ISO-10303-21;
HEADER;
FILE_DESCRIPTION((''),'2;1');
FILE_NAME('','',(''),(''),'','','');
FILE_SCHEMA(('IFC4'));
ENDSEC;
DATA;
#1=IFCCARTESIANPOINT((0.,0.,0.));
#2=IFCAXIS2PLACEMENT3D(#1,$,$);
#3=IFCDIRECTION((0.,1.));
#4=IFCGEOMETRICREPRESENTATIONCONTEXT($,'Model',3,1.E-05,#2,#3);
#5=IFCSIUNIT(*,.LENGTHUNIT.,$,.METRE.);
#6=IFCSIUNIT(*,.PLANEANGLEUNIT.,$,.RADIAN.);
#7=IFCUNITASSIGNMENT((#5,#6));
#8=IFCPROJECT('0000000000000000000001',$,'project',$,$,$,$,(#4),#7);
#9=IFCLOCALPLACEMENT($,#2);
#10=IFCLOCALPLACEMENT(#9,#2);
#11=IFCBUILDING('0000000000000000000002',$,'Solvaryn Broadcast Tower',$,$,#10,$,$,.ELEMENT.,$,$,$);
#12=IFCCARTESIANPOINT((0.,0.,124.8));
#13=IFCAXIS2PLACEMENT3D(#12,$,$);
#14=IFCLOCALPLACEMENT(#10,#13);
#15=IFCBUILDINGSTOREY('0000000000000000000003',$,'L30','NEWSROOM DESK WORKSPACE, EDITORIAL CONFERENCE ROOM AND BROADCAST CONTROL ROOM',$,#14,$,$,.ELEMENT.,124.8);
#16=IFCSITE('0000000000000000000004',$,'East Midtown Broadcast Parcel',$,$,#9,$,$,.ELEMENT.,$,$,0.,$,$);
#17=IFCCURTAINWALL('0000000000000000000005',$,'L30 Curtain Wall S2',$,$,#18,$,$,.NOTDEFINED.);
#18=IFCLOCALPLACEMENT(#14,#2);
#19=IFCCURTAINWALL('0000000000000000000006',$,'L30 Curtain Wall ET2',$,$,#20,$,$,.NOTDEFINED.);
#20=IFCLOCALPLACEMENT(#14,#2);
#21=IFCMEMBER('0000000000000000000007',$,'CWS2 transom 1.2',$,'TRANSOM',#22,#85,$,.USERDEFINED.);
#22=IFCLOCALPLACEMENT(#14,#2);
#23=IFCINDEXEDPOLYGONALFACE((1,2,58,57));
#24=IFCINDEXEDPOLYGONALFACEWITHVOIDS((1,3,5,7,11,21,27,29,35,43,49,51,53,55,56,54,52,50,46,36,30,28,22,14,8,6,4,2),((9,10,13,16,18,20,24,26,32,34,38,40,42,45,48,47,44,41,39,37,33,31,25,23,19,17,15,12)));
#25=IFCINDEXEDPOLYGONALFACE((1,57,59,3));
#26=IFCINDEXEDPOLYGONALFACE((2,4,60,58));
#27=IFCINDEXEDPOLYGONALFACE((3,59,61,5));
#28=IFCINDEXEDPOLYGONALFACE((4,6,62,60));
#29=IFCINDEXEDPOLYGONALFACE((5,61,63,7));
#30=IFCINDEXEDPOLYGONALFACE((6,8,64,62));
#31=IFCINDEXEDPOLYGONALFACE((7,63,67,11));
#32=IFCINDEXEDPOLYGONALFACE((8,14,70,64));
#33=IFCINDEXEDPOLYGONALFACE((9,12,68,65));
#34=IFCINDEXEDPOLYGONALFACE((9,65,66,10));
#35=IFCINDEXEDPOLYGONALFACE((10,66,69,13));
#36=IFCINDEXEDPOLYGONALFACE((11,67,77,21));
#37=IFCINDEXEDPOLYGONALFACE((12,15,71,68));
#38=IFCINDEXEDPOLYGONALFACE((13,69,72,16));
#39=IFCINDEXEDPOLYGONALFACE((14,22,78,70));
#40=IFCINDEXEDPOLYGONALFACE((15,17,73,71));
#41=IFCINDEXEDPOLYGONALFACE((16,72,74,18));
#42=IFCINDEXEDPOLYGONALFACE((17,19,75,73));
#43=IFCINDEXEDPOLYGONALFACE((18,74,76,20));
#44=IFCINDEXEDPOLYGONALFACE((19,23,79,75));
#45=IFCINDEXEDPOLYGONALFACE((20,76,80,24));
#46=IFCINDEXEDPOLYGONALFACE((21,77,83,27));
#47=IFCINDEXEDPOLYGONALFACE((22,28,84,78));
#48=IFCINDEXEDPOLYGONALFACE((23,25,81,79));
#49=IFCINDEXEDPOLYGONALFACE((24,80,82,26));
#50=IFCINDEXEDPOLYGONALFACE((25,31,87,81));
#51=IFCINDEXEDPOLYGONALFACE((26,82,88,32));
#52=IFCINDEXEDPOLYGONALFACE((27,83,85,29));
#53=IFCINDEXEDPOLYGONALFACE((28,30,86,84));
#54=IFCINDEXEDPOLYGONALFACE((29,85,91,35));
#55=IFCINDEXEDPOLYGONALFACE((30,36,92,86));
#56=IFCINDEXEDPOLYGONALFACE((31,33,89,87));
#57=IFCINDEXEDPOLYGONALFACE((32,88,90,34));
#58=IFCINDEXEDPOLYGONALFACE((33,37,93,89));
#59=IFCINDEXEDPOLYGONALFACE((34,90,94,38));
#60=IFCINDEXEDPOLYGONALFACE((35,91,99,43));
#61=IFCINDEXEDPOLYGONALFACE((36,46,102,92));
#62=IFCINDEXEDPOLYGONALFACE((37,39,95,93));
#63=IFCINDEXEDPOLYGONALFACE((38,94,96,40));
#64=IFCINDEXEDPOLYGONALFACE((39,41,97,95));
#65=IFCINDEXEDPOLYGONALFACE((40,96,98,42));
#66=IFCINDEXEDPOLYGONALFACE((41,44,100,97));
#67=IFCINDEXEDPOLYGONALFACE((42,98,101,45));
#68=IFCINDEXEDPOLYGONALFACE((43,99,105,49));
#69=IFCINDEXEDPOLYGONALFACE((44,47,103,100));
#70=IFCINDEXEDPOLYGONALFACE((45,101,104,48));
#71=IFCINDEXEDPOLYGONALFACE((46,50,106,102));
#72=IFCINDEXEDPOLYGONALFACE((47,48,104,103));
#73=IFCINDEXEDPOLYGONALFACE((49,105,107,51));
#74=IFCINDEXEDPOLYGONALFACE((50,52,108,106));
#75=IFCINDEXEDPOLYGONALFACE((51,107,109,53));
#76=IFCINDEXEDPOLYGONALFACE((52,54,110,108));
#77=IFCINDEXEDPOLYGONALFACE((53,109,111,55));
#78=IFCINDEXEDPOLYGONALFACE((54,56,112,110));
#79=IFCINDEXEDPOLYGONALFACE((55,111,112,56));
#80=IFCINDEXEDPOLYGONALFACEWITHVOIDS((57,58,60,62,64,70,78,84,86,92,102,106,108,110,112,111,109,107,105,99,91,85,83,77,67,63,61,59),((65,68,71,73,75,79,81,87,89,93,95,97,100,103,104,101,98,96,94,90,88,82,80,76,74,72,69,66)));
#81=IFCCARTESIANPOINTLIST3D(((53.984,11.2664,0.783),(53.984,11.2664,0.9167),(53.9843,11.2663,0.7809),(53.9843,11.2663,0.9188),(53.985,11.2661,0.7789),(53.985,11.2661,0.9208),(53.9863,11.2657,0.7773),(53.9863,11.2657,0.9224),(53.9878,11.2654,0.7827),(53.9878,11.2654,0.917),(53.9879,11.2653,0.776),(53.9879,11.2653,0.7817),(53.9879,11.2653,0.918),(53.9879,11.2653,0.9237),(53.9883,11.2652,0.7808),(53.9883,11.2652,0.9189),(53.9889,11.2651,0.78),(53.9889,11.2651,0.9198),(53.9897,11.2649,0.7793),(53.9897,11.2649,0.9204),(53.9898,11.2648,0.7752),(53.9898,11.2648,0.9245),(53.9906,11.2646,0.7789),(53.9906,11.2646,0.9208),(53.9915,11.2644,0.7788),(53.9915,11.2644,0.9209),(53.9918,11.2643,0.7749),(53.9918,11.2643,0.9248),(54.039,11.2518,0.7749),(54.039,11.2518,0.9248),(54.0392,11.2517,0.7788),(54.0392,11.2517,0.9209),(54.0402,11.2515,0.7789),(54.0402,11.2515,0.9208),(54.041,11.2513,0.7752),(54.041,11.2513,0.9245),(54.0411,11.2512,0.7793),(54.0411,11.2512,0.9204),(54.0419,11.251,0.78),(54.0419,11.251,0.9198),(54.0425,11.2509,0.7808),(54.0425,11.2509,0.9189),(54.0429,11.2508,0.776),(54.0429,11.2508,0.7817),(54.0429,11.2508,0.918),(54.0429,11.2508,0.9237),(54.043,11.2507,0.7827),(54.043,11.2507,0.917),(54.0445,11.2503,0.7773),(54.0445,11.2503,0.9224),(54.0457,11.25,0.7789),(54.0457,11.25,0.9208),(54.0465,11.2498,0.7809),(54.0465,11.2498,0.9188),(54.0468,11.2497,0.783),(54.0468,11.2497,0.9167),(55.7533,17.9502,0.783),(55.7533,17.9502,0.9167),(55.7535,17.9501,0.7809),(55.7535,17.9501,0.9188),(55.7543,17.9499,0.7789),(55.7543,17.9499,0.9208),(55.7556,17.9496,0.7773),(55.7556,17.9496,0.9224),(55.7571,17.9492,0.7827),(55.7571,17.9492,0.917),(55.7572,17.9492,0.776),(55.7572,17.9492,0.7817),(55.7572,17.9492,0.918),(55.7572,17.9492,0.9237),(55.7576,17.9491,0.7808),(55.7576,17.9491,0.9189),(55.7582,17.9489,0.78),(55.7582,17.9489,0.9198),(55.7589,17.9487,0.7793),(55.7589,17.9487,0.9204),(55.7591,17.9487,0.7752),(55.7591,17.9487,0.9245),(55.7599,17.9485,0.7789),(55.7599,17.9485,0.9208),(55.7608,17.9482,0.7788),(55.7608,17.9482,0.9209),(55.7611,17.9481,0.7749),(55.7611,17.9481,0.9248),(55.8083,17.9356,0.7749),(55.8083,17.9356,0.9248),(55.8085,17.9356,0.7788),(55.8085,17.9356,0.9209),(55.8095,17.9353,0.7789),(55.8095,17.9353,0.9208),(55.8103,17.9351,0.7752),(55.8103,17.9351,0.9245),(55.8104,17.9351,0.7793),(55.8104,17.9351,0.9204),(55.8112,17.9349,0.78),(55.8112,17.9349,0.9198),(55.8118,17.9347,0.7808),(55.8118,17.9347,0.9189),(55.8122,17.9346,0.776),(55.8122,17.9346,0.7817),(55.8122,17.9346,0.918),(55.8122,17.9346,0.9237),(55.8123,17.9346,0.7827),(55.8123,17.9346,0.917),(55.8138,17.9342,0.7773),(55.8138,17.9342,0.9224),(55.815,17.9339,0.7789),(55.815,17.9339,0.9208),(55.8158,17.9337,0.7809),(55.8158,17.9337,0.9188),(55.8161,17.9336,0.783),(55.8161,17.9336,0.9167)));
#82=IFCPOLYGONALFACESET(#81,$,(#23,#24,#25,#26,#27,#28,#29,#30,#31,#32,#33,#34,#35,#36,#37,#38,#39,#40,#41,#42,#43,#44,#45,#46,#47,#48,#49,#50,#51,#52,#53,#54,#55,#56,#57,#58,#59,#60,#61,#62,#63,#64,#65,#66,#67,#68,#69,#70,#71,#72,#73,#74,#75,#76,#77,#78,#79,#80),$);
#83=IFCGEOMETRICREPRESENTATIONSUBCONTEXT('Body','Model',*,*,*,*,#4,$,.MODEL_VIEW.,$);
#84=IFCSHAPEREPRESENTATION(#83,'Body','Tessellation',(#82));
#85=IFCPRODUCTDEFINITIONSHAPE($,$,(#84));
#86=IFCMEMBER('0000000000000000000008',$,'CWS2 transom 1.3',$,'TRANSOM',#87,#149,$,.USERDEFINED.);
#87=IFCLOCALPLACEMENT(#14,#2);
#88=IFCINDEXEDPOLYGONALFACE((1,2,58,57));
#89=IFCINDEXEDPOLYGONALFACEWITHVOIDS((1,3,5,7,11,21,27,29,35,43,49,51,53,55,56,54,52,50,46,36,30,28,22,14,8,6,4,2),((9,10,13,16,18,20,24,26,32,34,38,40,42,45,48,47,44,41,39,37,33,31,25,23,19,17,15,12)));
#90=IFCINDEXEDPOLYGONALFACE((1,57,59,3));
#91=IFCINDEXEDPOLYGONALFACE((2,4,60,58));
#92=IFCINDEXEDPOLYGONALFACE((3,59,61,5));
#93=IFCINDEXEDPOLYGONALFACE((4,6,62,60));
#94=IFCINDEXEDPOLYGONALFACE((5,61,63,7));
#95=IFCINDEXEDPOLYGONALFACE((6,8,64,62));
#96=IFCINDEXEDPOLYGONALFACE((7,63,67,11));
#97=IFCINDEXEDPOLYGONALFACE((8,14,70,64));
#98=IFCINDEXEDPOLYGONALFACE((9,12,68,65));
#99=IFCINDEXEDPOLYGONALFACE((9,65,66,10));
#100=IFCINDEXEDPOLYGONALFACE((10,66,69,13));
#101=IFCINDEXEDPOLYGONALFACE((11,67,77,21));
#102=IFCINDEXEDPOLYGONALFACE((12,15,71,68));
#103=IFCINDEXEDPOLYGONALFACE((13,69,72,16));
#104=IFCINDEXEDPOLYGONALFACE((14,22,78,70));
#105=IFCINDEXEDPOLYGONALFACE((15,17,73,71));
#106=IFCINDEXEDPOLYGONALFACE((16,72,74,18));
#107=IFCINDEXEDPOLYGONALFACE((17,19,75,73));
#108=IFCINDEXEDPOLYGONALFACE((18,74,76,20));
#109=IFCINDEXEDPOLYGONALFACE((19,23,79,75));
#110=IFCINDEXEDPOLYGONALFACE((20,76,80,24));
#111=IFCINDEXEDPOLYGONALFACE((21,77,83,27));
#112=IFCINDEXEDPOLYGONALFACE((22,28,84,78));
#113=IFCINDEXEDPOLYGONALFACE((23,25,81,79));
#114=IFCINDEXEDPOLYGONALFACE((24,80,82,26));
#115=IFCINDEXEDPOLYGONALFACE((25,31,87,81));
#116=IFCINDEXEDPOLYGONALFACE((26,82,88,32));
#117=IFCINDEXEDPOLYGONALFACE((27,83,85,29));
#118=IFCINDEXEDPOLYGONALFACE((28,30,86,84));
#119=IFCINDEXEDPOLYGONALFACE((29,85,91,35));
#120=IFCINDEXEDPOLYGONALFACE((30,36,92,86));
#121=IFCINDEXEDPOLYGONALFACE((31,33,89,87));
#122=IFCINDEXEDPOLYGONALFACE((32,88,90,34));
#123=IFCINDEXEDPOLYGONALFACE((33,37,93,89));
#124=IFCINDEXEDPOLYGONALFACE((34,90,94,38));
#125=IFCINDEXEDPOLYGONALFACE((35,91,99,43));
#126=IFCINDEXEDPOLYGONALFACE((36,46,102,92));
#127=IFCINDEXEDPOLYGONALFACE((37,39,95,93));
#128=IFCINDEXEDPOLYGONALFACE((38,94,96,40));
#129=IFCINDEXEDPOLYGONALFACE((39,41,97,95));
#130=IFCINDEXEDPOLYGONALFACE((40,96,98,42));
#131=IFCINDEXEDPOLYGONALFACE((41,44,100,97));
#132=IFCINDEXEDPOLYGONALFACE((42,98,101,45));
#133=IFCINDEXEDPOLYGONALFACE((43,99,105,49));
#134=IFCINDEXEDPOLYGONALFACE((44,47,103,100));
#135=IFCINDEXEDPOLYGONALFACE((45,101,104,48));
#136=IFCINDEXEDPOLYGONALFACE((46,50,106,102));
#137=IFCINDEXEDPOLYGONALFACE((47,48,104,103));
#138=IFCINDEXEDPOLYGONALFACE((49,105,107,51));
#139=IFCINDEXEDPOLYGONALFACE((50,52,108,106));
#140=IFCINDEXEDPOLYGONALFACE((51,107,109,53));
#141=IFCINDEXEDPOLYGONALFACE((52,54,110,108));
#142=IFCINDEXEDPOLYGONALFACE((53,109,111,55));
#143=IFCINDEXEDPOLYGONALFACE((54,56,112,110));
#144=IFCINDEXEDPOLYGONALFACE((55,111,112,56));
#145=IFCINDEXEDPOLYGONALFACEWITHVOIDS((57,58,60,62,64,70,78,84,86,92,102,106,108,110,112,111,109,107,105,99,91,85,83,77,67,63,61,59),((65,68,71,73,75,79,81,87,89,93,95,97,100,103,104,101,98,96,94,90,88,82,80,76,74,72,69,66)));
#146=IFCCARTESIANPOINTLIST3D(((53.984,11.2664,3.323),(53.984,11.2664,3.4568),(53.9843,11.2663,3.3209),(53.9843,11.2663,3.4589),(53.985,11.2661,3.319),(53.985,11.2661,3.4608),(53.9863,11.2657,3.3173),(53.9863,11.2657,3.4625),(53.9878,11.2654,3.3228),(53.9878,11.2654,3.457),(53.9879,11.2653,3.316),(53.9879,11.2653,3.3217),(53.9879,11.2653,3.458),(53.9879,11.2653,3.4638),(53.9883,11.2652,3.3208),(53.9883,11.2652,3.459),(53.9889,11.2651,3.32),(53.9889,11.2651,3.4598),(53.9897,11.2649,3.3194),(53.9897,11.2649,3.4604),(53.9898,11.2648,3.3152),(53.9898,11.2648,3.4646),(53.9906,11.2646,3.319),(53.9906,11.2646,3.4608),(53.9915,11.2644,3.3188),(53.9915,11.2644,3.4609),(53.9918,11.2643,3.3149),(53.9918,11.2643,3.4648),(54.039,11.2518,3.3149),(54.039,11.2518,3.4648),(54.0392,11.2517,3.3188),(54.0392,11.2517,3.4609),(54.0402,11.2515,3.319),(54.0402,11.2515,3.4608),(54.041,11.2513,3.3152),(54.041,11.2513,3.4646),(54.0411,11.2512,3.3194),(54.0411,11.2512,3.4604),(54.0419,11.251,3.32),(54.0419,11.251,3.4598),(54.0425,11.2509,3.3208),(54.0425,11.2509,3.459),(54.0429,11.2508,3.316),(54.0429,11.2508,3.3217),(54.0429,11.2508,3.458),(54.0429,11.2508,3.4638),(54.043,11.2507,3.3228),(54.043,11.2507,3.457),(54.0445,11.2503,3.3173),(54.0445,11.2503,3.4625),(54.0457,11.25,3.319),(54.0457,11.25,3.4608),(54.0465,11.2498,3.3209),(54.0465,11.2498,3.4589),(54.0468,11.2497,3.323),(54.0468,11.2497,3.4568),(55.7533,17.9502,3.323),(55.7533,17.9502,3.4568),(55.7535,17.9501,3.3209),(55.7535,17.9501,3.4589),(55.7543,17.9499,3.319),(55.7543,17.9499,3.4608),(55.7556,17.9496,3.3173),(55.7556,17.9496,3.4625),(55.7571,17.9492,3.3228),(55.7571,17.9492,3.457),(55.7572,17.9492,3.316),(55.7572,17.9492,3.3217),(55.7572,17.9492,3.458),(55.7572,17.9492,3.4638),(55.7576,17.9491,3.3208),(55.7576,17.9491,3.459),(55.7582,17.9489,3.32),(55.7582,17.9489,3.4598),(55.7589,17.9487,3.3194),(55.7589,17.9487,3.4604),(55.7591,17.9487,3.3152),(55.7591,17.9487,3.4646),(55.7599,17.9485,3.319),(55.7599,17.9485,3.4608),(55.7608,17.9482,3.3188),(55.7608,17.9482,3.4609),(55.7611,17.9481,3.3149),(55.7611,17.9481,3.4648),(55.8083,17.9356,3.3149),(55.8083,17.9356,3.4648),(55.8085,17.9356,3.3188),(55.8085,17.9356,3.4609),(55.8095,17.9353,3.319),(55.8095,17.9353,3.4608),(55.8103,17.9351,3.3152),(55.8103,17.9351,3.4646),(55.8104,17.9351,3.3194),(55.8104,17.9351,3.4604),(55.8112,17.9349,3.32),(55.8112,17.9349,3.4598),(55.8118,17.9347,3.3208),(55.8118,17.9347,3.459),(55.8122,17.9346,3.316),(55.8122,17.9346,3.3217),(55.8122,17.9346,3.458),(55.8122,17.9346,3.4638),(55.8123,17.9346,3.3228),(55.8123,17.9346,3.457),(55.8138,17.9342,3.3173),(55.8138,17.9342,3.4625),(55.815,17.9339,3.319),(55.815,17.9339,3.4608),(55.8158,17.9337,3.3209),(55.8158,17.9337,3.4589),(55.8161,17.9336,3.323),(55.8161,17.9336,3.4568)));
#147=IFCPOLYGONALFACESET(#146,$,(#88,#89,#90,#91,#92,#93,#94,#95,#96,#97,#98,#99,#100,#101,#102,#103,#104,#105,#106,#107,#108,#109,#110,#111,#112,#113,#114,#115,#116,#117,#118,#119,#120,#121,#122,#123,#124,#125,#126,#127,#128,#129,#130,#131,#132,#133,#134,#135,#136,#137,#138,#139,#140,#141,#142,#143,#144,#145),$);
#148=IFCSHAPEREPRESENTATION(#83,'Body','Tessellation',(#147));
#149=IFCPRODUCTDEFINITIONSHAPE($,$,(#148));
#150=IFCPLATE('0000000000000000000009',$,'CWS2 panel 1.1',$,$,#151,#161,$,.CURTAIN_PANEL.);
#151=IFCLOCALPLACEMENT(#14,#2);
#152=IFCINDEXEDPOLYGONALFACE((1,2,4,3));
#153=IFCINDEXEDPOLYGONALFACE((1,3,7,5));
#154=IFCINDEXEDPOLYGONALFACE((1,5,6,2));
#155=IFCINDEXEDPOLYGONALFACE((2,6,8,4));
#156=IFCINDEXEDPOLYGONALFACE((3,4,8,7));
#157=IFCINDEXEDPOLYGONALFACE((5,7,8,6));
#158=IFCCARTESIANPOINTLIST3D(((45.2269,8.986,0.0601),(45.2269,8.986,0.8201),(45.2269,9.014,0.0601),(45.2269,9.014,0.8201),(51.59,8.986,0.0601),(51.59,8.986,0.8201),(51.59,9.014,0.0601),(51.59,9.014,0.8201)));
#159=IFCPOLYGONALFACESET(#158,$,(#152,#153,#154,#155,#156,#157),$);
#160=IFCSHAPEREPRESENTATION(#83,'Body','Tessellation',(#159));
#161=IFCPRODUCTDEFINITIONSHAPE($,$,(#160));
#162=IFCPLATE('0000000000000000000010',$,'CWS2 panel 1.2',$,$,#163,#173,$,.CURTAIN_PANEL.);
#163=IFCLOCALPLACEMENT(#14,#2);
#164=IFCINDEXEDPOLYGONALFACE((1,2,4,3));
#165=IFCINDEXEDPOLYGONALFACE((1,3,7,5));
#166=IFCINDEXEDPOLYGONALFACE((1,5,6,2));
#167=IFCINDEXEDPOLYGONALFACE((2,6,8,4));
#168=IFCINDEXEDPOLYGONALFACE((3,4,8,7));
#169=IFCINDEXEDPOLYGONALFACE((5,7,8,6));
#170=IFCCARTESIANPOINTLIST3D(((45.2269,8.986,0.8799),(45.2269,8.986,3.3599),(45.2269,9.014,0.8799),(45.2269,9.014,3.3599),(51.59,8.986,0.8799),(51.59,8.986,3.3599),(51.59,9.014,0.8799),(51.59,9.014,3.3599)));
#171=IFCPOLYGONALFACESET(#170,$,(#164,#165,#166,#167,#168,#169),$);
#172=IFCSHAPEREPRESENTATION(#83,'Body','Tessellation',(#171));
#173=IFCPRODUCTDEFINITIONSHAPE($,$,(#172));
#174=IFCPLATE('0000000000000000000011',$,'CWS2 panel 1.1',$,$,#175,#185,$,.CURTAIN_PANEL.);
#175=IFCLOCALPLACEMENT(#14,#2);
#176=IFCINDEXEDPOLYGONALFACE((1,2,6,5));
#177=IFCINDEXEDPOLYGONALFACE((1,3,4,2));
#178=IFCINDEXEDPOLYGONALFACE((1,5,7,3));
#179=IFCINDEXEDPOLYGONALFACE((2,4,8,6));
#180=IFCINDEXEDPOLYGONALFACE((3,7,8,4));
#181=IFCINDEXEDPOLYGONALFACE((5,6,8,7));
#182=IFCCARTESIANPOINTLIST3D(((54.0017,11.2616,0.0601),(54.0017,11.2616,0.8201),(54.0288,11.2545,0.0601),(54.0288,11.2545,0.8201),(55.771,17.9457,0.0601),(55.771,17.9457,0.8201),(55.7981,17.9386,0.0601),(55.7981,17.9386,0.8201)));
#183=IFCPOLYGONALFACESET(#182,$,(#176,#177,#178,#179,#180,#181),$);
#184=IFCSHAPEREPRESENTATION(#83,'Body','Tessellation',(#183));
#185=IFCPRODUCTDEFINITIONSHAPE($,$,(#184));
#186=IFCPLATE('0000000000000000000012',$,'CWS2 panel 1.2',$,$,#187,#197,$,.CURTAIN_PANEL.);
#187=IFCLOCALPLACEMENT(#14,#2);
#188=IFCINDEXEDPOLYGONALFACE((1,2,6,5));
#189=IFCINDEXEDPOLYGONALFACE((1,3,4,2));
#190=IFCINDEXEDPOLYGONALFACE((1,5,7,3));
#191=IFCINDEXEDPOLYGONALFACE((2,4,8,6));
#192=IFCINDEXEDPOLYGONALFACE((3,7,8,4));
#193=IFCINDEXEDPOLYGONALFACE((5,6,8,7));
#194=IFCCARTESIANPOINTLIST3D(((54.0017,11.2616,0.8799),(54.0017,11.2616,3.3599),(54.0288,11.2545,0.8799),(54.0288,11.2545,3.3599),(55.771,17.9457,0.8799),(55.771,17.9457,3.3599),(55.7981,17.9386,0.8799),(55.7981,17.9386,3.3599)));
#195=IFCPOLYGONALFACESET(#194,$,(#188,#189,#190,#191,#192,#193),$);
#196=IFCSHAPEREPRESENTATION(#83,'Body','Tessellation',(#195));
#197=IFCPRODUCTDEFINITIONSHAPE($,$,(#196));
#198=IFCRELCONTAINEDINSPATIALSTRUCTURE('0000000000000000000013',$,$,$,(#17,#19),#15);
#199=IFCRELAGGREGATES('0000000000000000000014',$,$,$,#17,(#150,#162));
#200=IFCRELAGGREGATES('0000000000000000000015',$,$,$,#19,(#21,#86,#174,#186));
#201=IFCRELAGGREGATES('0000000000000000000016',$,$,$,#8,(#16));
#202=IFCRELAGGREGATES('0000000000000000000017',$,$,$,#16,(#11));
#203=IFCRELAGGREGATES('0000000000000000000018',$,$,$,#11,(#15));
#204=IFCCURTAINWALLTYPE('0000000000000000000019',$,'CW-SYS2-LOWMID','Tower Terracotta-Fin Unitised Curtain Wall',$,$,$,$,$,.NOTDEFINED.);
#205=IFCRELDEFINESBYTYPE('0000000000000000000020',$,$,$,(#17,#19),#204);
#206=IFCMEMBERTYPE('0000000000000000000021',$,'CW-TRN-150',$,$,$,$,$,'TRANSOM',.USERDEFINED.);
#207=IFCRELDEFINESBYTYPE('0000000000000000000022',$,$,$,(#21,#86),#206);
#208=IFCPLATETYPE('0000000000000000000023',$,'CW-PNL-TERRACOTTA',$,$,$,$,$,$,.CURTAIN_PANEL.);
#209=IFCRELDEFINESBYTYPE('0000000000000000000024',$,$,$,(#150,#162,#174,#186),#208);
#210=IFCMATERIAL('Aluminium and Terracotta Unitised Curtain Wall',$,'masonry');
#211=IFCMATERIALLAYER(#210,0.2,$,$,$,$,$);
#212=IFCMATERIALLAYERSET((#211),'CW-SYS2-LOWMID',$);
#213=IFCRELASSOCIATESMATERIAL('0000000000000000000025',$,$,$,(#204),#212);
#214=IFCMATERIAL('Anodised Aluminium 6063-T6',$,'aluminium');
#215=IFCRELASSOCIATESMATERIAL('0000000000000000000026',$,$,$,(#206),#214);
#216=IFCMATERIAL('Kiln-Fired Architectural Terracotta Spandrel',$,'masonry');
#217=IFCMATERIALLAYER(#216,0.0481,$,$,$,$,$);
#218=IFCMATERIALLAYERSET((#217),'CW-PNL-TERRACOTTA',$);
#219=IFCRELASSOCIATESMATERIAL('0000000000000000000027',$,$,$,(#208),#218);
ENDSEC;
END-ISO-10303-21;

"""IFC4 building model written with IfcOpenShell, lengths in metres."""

from ifc_helpers import new_model, si_unit, direction, frame, origin, origin_2d, place, context, subcontext, project, spatial, rectangle, hollow_rectangle, extrude, material, layer, layer_set, material_profile, profile_set, type_object, element, aggregate, save


model = new_model("IFC4")

# Units and contexts
model_context = context("Model", 3, precision=1e-05, world=origin(), true_north=direction((0.0, 1.0)))
body_context = subcontext(model_context, "Body", "Model", "MODEL_VIEW")
ifc_project = project(units=[si_unit("LENGTHUNIT", "METRE"), si_unit("PLANEANGLEUNIT", "RADIAN")], contexts=[model_context])

# Site, building, storey
site_placement = place(None, origin())
site = spatial("IfcSite", under=ifc_project, at=site_placement, Name="East Midtown Broadcast Parcel", CompositionType="ELEMENT", RefElevation=0.0)
building_placement = place(site_placement, origin())
building = spatial("IfcBuilding", under=site, at=building_placement, Name="Solvaryn Broadcast Tower", CompositionType="ELEMENT")
storey_placement = place(building_placement, frame((0.0, 0.0, 124.8)))
storey = spatial("IfcBuildingStorey", under=building, at=storey_placement, Name="L30", Description="NEWSROOM DESK WORKSPACE, EDITORIAL CONFERENCE ROOM AND BROADCAST CONTROL ROOM", CompositionType="ELEMENT", Elevation=124.8)

# Curtain wall
ifc_material_1 = material(Name="Aluminium and Terracotta Unitised Curtain Wall", Category="masonry")
ifc_layer_1 = layer(ifc_material_1, 0.2)
ifc_layer_set_1 = layer_set([ifc_layer_1], Name="CW-SYS2-LOWMID")
curtain_wall_type = type_object("IfcCurtainWallType", Name="CW-SYS2-LOWMID", Description="Tower Terracotta-Fin Unitised Curtain Wall", PredefinedType="NOTDEFINED", material=ifc_layer_set_1)
curtain_wall_1_placement = place(storey_placement, origin())
curtain_wall_1 = element("IfcCurtainWall", 1, at=curtain_wall_1_placement, inside=storey, type_object=curtain_wall_type, Name="L30 Curtain Wall S2", PredefinedType="NOTDEFINED")

# Curtain wall
curtain_wall_2_placement = place(storey_placement, origin())
curtain_wall_2 = element("IfcCurtainWall", 2, at=curtain_wall_2_placement, inside=storey, type_object=curtain_wall_type, Name="L30 Curtain Wall ET2", PredefinedType="NOTDEFINED")

# Members
ifc_material_2 = material(Name="Anodised Aluminium 6063-T6", Category="aluminium")
ifc_material_profile_1 = material_profile(ifc_material_2, hollow_rectangle(XDim=0.0649, YDim=0.1499, WallThickness=0.0039, InnerFilletRadius=0.0039, OuterFilletRadius=0.0081, at=origin_2d()))
ifc_profile_set_1 = profile_set([ifc_material_profile_1], Name="Anodised Aluminium 6063-T6")
member_type_1 = type_object("IfcMemberType", Name="CW-TRN-150", ElementType="TRANSOM", PredefinedType="USERDEFINED", material=ifc_profile_set_1)
member_1_placement = place(storey_placement, frame((55.7847, 17.9419, 0.8499), z_axis=(-0.255897, -0.966704, 0.0), x_axis=(0.966704, -0.255897, 0.0)))
member_1 = element("IfcMember", 3, at=member_1_placement, type_object=member_type_1, Name="CWS2 transom 1.2", ObjectType="TRANSOM", PredefinedType="USERDEFINED", context=body_context, shape_type="SweptSolid", body=[
    extrude(hollow_rectangle(XDim=0.0649, YDim=0.1499, WallThickness=0.0039, InnerFilletRadius=0.0039, OuterFilletRadius=0.0081, at=origin_2d()), origin(), (0.0, 0.0, 1.0), 6.9141),
])
member_2_placement = place(storey_placement, frame((55.7847, 17.9419, 3.3899), z_axis=(-0.255897, -0.966704, 0.0), x_axis=(0.966704, -0.255897, 0.0)))
member_2 = element("IfcMember", 4, at=member_2_placement, type_object=member_type_1, Name="CWS2 transom 1.3", ObjectType="TRANSOM", PredefinedType="USERDEFINED", context=body_context, shape_type="SweptSolid", body=[
    extrude(hollow_rectangle(XDim=0.0649, YDim=0.1499, WallThickness=0.0039, InnerFilletRadius=0.0039, OuterFilletRadius=0.0081, at=origin_2d()), origin(), (0.0, 0.0, 1.0), 6.9141),
])

# Plates
ifc_material_3 = material(Name="Kiln-Fired Architectural Terracotta Spandrel", Category="masonry")
ifc_layer_2 = layer(ifc_material_3, 0.0481)
ifc_layer_set_2 = layer_set([ifc_layer_2], Name="CW-PNL-TERRACOTTA")
plate_type = type_object("IfcPlateType", Name="CW-PNL-TERRACOTTA", PredefinedType="CURTAIN_PANEL", material=ifc_layer_set_2)
plate_1_placement = place(storey_placement, frame((48.4084, 9.0, 0.0601), z_axis=(0.0, 0.0, 1.0), x_axis=(1.0, 0.0, 0.0)))
plate_1 = element("IfcPlate", 5, at=plate_1_placement, type_object=plate_type, Name="CWS2 panel 1.1", PredefinedType="CURTAIN_PANEL", context=body_context, shape_type="SweptSolid", body=[
    extrude(rectangle(XDim=6.363, YDim=0.0281, at=origin_2d()), origin(), (0.0, 0.0, 1.0), 0.76),
])
plate_2_placement = place(storey_placement, frame((48.4084, 9.0, 0.8799), z_axis=(0.0, 0.0, 1.0), x_axis=(1.0, 0.0, 0.0)))
plate_2 = element("IfcPlate", 6, at=plate_2_placement, type_object=plate_type, Name="CWS2 panel 1.2", PredefinedType="CURTAIN_PANEL", context=body_context, shape_type="SweptSolid", body=[
    extrude(rectangle(XDim=6.363, YDim=0.0281, at=origin_2d()), origin(), (0.0, 0.0, 1.0), 2.48),
])
aggregate(curtain_wall_1, [plate_1, plate_2])
plate_3_placement = place(storey_placement, frame((54.8999, 14.6001, 0.0601), z_axis=(0.0, 0.0, 1.0), x_axis=(-0.255893, -0.966705, 0.0)))
plate_3 = element("IfcPlate", 7, at=plate_3_placement, type_object=plate_type, Name="CWS2 panel 1.1", PredefinedType="CURTAIN_PANEL", context=body_context, shape_type="SweptSolid", body=[
    extrude(rectangle(XDim=6.9143, YDim=0.0281, at=origin_2d()), origin(), (0.0, 0.0, 1.0), 0.76),
])
plate_4_placement = place(storey_placement, frame((54.8999, 14.6001, 0.8799), z_axis=(0.0, 0.0, 1.0), x_axis=(-0.255893, -0.966705, 0.0)))
plate_4 = element("IfcPlate", 8, at=plate_4_placement, type_object=plate_type, Name="CWS2 panel 1.2", PredefinedType="CURTAIN_PANEL", context=body_context, shape_type="SweptSolid", body=[
    extrude(rectangle(XDim=6.9143, YDim=0.0281, at=origin_2d()), origin(), (0.0, 0.0, 1.0), 2.48),
])
aggregate(curtain_wall_2, [member_1, member_2, plate_3, plate_4])

save(model, "model.ifc")
